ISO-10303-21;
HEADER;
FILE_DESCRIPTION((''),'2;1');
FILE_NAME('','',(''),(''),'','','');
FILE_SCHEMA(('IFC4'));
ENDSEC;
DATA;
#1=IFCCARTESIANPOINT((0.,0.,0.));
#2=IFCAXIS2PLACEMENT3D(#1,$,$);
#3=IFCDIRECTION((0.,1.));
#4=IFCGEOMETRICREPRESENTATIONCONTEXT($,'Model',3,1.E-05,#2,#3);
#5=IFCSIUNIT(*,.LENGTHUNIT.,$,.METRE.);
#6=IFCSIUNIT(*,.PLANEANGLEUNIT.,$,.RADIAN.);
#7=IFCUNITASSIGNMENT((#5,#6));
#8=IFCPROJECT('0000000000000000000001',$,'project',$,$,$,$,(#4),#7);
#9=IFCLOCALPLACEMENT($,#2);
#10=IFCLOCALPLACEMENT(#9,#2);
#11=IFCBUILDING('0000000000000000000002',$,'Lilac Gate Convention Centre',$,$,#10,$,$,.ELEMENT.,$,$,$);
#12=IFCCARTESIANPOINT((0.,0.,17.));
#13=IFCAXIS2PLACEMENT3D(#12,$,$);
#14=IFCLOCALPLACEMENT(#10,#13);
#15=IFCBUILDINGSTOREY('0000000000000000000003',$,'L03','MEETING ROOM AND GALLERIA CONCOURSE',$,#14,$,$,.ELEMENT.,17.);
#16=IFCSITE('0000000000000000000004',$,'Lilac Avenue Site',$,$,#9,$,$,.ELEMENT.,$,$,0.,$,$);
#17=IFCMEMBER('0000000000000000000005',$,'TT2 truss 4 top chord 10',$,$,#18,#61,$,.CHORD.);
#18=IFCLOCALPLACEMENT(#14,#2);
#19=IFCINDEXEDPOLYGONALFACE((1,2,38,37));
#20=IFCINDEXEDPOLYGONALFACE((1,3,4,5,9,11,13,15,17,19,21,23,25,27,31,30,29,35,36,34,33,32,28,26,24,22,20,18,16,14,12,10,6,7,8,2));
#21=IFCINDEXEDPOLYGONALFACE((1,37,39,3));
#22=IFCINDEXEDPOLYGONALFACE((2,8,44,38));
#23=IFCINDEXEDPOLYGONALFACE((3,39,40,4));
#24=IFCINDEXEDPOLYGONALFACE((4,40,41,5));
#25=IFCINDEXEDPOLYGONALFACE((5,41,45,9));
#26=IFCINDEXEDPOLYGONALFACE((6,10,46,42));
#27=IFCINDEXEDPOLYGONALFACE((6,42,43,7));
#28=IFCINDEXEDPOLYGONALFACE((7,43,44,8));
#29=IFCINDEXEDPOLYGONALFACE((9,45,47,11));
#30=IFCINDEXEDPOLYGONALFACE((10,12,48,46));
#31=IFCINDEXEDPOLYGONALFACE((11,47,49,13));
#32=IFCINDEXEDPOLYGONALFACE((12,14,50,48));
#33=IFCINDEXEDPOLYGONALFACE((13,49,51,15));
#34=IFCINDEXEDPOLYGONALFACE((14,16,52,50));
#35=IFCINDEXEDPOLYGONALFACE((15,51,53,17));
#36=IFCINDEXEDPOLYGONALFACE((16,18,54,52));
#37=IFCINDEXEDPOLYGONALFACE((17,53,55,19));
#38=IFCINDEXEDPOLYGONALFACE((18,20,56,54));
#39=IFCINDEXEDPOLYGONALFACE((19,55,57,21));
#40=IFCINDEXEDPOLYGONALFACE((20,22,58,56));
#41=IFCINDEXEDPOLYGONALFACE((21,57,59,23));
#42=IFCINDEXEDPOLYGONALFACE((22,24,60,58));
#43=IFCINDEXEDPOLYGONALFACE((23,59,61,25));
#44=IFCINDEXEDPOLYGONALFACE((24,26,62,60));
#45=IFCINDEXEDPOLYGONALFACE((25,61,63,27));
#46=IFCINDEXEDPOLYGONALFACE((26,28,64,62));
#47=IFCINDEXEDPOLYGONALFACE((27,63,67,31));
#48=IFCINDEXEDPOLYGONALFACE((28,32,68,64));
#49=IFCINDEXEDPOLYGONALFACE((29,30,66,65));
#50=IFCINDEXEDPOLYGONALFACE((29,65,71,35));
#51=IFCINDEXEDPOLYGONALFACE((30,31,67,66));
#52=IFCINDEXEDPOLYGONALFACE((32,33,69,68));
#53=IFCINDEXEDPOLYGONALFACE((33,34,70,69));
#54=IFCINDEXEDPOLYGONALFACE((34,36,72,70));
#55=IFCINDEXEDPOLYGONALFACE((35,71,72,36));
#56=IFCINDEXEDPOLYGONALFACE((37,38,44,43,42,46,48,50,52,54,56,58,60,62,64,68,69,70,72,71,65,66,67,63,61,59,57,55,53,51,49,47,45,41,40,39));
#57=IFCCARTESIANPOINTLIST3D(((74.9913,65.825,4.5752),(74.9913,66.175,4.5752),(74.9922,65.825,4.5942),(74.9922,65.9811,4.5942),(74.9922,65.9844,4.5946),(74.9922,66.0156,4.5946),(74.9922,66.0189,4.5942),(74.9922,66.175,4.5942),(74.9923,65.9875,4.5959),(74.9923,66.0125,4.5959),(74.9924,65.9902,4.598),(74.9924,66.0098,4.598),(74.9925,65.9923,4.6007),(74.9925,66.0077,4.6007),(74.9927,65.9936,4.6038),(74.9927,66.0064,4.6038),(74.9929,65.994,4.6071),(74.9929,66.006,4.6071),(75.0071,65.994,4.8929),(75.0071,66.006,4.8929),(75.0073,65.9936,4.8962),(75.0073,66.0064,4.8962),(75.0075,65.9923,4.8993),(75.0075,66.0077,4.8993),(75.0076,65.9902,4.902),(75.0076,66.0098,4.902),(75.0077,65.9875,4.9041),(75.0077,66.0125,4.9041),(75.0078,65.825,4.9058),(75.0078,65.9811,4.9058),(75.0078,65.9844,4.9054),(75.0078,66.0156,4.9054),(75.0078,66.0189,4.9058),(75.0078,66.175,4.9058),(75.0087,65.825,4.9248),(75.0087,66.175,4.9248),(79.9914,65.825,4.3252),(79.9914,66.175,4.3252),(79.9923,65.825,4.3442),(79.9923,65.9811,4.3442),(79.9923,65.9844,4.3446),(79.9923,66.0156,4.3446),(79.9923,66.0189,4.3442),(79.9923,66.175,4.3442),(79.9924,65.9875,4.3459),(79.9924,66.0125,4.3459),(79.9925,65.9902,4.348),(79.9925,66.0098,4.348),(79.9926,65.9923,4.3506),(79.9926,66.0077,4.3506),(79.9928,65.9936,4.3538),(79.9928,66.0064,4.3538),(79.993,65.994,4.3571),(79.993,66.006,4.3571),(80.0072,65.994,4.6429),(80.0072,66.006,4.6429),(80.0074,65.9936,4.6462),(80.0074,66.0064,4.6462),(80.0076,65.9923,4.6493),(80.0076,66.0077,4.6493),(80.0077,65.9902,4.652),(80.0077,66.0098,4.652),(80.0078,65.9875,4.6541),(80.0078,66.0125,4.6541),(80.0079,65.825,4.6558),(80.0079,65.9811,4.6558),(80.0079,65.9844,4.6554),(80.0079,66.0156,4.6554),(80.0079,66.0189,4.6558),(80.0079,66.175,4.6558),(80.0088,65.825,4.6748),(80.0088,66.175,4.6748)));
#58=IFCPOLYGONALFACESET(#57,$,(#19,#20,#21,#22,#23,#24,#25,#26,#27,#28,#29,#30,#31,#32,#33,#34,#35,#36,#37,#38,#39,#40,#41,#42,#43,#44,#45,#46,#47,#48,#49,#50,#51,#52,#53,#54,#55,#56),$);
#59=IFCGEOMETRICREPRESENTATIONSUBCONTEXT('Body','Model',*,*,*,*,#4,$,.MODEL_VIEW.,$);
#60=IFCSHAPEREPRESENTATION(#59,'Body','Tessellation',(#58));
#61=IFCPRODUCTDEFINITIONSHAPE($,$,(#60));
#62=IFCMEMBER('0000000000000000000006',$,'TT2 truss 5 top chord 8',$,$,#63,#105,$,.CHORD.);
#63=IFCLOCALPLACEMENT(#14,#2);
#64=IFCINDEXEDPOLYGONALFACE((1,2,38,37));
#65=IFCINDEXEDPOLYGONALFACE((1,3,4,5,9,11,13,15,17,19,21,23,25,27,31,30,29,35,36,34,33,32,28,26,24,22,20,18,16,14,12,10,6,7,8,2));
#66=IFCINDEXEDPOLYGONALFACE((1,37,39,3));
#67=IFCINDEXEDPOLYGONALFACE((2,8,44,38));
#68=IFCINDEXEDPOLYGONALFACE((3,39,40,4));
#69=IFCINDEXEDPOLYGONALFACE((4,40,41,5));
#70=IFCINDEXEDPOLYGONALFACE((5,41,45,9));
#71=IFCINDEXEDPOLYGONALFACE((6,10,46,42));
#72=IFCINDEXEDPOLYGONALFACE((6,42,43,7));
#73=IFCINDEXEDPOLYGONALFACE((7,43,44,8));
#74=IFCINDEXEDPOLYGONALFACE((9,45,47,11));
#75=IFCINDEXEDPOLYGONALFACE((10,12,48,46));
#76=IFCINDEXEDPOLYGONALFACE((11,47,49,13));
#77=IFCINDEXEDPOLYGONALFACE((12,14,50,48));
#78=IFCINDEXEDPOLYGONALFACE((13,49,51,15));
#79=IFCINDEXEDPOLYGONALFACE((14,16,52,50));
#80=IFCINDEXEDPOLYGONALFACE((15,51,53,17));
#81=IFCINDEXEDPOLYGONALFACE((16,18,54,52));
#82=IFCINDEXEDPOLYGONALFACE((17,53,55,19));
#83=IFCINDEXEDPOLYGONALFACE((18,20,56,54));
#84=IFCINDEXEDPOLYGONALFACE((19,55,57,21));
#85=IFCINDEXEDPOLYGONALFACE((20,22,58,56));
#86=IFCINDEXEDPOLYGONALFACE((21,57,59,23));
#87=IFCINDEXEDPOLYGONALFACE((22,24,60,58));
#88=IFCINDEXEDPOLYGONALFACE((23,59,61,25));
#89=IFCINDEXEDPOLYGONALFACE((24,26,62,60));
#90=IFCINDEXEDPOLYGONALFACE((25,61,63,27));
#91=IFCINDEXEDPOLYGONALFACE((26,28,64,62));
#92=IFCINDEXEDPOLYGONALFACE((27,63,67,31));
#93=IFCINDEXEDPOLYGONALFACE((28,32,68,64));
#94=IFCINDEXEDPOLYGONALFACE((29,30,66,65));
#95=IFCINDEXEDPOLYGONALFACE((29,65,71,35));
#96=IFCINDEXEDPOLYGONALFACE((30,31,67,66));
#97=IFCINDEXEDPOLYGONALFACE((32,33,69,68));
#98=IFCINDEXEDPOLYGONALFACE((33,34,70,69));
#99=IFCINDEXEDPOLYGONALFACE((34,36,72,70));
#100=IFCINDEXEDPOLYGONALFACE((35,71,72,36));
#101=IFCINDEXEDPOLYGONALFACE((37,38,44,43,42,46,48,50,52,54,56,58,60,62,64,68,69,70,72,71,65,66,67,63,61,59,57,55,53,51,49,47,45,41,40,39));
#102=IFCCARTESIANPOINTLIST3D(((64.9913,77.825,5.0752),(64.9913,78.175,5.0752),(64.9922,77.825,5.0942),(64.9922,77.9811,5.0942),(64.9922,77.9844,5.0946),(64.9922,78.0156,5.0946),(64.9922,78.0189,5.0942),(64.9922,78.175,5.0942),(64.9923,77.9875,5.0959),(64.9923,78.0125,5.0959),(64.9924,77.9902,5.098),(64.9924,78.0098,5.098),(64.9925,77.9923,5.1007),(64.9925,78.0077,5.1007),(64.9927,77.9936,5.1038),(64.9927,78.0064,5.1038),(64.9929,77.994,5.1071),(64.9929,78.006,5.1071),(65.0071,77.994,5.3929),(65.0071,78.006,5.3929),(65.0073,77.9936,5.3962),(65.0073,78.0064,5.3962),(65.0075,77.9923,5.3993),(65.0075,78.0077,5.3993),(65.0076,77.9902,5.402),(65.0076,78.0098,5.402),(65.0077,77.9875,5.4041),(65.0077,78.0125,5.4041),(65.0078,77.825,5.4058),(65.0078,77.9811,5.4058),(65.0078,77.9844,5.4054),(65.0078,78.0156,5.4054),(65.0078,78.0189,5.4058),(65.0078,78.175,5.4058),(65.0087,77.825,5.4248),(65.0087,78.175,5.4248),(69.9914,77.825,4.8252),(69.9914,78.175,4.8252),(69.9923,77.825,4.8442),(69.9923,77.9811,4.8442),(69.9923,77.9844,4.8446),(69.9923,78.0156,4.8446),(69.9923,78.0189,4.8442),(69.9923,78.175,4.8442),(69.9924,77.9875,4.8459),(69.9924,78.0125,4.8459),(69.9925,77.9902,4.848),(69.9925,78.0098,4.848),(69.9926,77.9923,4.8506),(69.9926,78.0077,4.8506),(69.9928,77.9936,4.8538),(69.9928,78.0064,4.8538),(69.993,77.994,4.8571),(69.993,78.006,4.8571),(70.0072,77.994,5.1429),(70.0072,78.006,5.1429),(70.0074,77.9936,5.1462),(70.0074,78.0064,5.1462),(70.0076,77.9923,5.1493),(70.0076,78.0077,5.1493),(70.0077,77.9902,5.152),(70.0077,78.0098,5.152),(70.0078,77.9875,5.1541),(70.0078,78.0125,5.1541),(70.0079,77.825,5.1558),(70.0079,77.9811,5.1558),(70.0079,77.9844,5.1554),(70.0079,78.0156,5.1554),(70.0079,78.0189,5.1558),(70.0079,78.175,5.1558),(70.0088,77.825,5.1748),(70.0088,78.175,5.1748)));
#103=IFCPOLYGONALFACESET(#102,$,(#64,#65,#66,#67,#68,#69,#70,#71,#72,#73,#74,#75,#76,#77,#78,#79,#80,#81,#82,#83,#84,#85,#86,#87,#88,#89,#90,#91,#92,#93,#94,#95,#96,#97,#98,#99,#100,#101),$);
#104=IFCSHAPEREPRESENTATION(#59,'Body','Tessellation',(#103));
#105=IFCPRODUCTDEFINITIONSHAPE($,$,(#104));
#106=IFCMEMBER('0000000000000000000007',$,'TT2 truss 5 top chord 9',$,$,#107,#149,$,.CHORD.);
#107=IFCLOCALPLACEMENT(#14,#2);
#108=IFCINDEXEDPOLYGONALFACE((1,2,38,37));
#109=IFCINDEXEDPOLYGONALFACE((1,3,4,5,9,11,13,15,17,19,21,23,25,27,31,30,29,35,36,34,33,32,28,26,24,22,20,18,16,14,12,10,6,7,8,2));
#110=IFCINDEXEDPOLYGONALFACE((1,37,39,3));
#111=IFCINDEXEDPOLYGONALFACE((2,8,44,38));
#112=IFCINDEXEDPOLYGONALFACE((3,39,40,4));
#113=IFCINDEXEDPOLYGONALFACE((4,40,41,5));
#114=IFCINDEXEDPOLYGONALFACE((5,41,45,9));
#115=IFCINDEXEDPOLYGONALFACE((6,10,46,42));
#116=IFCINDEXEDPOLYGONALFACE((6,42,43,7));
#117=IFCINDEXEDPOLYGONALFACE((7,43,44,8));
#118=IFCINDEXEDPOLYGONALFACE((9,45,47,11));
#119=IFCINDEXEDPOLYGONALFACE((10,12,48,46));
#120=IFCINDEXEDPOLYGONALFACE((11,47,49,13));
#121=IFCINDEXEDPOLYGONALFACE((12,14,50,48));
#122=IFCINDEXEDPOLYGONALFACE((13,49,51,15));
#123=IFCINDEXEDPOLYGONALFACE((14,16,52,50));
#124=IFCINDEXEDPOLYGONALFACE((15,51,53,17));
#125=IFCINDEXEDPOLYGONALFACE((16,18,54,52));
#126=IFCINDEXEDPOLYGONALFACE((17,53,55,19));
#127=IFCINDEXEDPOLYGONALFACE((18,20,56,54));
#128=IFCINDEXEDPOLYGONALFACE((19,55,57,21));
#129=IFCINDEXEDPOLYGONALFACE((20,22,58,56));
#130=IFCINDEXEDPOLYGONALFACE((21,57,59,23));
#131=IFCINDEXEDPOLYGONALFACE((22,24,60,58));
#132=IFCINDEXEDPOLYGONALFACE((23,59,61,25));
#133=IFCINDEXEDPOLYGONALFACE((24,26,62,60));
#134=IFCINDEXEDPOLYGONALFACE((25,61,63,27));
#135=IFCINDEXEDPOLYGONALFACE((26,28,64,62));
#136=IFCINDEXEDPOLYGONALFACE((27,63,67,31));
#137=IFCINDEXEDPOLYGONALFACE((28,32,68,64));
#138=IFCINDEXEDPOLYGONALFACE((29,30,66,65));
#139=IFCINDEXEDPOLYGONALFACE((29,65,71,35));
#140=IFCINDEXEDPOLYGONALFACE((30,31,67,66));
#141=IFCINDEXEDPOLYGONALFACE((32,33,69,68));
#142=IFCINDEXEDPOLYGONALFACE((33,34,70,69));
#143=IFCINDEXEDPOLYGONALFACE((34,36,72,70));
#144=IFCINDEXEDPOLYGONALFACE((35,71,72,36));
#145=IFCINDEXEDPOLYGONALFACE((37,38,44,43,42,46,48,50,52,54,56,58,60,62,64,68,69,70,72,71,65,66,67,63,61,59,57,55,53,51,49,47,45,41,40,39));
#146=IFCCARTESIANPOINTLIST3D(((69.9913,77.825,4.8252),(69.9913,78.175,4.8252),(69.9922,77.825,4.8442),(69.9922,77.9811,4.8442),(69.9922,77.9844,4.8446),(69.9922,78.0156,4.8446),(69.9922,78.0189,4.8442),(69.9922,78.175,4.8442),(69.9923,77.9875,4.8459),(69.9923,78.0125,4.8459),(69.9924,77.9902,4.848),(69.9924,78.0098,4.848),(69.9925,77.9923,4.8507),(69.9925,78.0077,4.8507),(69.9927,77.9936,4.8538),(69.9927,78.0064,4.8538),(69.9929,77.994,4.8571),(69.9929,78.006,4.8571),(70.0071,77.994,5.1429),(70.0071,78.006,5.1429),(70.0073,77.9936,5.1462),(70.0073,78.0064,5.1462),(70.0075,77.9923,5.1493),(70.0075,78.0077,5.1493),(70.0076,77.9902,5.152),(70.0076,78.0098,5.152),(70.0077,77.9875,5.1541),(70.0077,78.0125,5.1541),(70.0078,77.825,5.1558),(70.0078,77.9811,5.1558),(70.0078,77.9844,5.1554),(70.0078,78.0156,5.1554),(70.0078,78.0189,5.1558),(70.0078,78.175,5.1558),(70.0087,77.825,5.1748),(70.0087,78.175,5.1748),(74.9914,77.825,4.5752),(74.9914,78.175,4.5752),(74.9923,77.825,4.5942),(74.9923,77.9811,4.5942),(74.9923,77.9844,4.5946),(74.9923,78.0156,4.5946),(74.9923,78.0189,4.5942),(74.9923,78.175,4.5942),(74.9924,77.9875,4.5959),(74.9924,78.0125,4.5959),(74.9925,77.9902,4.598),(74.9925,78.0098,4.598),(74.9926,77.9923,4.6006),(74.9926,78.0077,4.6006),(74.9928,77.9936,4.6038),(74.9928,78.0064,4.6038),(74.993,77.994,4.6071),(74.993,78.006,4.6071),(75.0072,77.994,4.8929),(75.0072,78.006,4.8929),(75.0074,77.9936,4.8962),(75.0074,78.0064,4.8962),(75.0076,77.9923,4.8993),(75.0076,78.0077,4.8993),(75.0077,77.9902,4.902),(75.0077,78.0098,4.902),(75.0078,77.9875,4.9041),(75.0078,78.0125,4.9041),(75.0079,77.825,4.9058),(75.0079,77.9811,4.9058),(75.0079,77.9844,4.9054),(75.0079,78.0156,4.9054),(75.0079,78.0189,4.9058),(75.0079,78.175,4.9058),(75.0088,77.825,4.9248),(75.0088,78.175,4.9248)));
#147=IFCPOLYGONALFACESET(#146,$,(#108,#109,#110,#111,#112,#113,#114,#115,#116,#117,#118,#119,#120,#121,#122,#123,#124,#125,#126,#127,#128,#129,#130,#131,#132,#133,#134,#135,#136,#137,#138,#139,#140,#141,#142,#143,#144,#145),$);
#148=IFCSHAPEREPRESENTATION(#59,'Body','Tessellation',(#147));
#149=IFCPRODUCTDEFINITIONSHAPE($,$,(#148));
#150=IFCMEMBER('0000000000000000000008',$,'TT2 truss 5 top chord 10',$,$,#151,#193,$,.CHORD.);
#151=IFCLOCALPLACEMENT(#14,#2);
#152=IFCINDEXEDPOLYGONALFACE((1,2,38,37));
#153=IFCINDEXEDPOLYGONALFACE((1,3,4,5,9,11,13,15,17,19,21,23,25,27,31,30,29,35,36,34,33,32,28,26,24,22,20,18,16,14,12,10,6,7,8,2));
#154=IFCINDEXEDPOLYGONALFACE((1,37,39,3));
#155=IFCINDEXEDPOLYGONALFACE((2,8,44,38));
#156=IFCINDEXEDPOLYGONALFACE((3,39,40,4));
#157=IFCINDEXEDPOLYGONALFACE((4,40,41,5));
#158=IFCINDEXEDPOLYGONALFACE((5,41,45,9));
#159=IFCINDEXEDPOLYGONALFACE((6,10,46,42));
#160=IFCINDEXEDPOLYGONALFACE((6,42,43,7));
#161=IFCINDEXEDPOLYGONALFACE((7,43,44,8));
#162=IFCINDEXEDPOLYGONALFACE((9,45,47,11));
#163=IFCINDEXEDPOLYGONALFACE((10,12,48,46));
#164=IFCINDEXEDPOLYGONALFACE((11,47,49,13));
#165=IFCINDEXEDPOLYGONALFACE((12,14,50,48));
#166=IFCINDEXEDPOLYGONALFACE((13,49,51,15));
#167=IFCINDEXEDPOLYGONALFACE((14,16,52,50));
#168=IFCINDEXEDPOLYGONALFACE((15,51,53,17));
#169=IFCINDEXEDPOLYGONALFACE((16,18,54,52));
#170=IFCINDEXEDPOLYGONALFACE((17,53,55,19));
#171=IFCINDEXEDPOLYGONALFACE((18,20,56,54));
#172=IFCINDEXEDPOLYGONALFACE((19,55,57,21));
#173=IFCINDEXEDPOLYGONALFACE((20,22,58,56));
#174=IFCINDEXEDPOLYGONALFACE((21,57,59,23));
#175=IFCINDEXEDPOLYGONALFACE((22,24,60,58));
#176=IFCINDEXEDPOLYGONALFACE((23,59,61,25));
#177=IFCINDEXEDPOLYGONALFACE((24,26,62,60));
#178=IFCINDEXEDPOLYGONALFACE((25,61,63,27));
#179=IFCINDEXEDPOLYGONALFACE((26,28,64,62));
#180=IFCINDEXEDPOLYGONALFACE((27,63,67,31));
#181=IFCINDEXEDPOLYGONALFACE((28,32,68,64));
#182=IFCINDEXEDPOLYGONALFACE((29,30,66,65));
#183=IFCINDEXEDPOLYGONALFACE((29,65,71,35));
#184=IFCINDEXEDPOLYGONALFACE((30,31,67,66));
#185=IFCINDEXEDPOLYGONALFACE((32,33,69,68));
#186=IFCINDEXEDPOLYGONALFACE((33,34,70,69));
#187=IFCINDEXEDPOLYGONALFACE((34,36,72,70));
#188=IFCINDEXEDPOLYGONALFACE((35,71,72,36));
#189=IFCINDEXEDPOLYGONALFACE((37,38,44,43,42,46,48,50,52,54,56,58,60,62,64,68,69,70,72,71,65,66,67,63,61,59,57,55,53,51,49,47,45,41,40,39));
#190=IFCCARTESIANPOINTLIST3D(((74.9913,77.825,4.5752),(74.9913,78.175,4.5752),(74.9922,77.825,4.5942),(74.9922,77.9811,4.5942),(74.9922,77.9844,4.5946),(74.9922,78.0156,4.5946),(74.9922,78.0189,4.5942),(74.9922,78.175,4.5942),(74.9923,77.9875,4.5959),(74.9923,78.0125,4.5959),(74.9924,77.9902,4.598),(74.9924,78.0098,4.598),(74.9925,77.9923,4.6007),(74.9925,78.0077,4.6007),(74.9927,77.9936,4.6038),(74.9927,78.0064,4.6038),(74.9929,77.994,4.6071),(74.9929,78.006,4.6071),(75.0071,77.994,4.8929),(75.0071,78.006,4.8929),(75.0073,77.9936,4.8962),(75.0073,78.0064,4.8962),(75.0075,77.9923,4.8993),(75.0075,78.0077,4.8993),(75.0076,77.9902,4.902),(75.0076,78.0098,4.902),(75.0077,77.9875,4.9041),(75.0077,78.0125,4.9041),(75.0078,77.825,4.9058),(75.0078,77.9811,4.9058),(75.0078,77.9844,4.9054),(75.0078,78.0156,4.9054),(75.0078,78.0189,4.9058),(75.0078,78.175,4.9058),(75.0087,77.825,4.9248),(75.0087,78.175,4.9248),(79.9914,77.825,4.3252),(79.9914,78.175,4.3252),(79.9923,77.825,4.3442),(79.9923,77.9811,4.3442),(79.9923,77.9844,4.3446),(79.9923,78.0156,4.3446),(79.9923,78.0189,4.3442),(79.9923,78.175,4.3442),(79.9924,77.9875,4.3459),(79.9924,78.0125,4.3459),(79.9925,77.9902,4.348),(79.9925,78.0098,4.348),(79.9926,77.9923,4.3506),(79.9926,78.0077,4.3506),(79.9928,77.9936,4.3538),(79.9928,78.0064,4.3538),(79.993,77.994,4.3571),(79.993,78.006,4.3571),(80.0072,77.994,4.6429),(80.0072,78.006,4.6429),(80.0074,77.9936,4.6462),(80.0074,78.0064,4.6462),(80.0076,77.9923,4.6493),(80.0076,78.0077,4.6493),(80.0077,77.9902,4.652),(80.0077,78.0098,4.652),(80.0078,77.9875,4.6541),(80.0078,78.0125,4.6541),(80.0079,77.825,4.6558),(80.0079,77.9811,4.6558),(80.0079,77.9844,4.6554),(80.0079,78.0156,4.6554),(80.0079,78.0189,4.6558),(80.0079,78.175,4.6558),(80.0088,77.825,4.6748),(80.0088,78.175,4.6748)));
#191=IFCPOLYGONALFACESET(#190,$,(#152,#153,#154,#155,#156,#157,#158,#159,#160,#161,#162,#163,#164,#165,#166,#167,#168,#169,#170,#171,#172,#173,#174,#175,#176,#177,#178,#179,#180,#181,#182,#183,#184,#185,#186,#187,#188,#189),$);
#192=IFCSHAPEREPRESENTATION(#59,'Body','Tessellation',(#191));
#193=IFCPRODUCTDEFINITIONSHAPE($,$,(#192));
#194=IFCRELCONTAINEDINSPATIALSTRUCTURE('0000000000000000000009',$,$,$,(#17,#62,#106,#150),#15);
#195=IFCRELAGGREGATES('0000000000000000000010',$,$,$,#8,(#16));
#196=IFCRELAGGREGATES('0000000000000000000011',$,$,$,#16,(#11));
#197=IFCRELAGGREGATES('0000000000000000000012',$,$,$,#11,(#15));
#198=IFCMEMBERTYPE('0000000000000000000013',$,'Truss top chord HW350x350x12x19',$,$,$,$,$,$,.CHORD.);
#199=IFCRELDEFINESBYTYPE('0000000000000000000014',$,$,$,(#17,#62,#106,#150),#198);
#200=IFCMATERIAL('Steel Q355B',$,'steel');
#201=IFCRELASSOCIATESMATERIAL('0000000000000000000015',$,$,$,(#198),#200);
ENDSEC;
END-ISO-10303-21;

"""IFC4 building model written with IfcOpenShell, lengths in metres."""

from ifc_helpers import new_model, si_unit, direction, frame, origin, origin_2d, place, context, subcontext, project, spatial, i_section, extrude, material, material_profile, profile_set, type_object, element, save


model = new_model("IFC4")

# Units and contexts
model_context = context("Model", 3, precision=1e-05, world=origin(), true_north=direction((0.0, 1.0)))
body_context = subcontext(model_context, "Body", "Model", "MODEL_VIEW")
ifc_project = project(units=[si_unit("LENGTHUNIT", "METRE"), si_unit("PLANEANGLEUNIT", "RADIAN")], contexts=[model_context])

# Site, building, storey
site_placement = place(None, origin())
site = spatial("IfcSite", under=ifc_project, at=site_placement, Name="Lilac Avenue Site", CompositionType="ELEMENT", RefElevation=0.0)
building_placement = place(site_placement, origin())
building = spatial("IfcBuilding", under=site, at=building_placement, Name="Lilac Gate Convention Centre", CompositionType="ELEMENT")
storey_placement = place(building_placement, frame((0.0, 0.0, 17.0)))
storey = spatial("IfcBuildingStorey", under=building, at=storey_placement, Name="L03", Description="MEETING ROOM AND GALLERIA CONCOURSE", CompositionType="ELEMENT", Elevation=17.0)

# Members
ifc_material = material(Name="Steel Q355B", Category="steel")
ifc_material_profile_1 = material_profile(ifc_material, i_section(OverallWidth=0.3501, OverallDepth=0.3501, WebThickness=0.012, FlangeThickness=0.019, FilletRadius=0.0129, at=origin_2d()), Name="HW350x350x12x19")
ifc_profile_set_1 = profile_set([ifc_material_profile_1], Name="Steel Q355B")
member_type_1 = type_object("IfcMemberType", Name="Truss top chord HW350x350x12x19", PredefinedType="CHORD", material=ifc_profile_set_1)
for number, where, z_axis, x_axis, name in (
    (1, (75.0, 66.0, 4.75), (0.998752, 0.0, -0.049938), (0.0, 1.0, 0.0), "TT2 truss 4 top chord 10"),
    (2, (65.0, 78.0, 5.25), (0.998752, 0.0, -0.049938), (0.0, 1.0, 0.0), "TT2 truss 5 top chord 8"),
    (3, (70.0, 78.0, 5.0), (0.998752, 0.0, -0.049938), (0.0, 1.0, 0.0), "TT2 truss 5 top chord 9"),
    (4, (75.0, 78.0, 4.75), (0.998752, 0.0, -0.049938), (0.0, 1.0, 0.0), "TT2 truss 5 top chord 10"),
):
    element("IfcMember", number, at=place(storey_placement, frame(where, z_axis=z_axis, x_axis=x_axis)), inside=storey, type_object=member_type_1, Name=name, PredefinedType="CHORD", context=body_context, shape_type="SweptSolid", body=[
        extrude(i_section(OverallWidth=0.3501, OverallDepth=0.3501, WebThickness=0.012, FlangeThickness=0.019, FilletRadius=0.0129, at=origin_2d()), origin(), (0.0, 0.0, 1.0), 5.0063),
    ])

save(model, "model.ifc")
